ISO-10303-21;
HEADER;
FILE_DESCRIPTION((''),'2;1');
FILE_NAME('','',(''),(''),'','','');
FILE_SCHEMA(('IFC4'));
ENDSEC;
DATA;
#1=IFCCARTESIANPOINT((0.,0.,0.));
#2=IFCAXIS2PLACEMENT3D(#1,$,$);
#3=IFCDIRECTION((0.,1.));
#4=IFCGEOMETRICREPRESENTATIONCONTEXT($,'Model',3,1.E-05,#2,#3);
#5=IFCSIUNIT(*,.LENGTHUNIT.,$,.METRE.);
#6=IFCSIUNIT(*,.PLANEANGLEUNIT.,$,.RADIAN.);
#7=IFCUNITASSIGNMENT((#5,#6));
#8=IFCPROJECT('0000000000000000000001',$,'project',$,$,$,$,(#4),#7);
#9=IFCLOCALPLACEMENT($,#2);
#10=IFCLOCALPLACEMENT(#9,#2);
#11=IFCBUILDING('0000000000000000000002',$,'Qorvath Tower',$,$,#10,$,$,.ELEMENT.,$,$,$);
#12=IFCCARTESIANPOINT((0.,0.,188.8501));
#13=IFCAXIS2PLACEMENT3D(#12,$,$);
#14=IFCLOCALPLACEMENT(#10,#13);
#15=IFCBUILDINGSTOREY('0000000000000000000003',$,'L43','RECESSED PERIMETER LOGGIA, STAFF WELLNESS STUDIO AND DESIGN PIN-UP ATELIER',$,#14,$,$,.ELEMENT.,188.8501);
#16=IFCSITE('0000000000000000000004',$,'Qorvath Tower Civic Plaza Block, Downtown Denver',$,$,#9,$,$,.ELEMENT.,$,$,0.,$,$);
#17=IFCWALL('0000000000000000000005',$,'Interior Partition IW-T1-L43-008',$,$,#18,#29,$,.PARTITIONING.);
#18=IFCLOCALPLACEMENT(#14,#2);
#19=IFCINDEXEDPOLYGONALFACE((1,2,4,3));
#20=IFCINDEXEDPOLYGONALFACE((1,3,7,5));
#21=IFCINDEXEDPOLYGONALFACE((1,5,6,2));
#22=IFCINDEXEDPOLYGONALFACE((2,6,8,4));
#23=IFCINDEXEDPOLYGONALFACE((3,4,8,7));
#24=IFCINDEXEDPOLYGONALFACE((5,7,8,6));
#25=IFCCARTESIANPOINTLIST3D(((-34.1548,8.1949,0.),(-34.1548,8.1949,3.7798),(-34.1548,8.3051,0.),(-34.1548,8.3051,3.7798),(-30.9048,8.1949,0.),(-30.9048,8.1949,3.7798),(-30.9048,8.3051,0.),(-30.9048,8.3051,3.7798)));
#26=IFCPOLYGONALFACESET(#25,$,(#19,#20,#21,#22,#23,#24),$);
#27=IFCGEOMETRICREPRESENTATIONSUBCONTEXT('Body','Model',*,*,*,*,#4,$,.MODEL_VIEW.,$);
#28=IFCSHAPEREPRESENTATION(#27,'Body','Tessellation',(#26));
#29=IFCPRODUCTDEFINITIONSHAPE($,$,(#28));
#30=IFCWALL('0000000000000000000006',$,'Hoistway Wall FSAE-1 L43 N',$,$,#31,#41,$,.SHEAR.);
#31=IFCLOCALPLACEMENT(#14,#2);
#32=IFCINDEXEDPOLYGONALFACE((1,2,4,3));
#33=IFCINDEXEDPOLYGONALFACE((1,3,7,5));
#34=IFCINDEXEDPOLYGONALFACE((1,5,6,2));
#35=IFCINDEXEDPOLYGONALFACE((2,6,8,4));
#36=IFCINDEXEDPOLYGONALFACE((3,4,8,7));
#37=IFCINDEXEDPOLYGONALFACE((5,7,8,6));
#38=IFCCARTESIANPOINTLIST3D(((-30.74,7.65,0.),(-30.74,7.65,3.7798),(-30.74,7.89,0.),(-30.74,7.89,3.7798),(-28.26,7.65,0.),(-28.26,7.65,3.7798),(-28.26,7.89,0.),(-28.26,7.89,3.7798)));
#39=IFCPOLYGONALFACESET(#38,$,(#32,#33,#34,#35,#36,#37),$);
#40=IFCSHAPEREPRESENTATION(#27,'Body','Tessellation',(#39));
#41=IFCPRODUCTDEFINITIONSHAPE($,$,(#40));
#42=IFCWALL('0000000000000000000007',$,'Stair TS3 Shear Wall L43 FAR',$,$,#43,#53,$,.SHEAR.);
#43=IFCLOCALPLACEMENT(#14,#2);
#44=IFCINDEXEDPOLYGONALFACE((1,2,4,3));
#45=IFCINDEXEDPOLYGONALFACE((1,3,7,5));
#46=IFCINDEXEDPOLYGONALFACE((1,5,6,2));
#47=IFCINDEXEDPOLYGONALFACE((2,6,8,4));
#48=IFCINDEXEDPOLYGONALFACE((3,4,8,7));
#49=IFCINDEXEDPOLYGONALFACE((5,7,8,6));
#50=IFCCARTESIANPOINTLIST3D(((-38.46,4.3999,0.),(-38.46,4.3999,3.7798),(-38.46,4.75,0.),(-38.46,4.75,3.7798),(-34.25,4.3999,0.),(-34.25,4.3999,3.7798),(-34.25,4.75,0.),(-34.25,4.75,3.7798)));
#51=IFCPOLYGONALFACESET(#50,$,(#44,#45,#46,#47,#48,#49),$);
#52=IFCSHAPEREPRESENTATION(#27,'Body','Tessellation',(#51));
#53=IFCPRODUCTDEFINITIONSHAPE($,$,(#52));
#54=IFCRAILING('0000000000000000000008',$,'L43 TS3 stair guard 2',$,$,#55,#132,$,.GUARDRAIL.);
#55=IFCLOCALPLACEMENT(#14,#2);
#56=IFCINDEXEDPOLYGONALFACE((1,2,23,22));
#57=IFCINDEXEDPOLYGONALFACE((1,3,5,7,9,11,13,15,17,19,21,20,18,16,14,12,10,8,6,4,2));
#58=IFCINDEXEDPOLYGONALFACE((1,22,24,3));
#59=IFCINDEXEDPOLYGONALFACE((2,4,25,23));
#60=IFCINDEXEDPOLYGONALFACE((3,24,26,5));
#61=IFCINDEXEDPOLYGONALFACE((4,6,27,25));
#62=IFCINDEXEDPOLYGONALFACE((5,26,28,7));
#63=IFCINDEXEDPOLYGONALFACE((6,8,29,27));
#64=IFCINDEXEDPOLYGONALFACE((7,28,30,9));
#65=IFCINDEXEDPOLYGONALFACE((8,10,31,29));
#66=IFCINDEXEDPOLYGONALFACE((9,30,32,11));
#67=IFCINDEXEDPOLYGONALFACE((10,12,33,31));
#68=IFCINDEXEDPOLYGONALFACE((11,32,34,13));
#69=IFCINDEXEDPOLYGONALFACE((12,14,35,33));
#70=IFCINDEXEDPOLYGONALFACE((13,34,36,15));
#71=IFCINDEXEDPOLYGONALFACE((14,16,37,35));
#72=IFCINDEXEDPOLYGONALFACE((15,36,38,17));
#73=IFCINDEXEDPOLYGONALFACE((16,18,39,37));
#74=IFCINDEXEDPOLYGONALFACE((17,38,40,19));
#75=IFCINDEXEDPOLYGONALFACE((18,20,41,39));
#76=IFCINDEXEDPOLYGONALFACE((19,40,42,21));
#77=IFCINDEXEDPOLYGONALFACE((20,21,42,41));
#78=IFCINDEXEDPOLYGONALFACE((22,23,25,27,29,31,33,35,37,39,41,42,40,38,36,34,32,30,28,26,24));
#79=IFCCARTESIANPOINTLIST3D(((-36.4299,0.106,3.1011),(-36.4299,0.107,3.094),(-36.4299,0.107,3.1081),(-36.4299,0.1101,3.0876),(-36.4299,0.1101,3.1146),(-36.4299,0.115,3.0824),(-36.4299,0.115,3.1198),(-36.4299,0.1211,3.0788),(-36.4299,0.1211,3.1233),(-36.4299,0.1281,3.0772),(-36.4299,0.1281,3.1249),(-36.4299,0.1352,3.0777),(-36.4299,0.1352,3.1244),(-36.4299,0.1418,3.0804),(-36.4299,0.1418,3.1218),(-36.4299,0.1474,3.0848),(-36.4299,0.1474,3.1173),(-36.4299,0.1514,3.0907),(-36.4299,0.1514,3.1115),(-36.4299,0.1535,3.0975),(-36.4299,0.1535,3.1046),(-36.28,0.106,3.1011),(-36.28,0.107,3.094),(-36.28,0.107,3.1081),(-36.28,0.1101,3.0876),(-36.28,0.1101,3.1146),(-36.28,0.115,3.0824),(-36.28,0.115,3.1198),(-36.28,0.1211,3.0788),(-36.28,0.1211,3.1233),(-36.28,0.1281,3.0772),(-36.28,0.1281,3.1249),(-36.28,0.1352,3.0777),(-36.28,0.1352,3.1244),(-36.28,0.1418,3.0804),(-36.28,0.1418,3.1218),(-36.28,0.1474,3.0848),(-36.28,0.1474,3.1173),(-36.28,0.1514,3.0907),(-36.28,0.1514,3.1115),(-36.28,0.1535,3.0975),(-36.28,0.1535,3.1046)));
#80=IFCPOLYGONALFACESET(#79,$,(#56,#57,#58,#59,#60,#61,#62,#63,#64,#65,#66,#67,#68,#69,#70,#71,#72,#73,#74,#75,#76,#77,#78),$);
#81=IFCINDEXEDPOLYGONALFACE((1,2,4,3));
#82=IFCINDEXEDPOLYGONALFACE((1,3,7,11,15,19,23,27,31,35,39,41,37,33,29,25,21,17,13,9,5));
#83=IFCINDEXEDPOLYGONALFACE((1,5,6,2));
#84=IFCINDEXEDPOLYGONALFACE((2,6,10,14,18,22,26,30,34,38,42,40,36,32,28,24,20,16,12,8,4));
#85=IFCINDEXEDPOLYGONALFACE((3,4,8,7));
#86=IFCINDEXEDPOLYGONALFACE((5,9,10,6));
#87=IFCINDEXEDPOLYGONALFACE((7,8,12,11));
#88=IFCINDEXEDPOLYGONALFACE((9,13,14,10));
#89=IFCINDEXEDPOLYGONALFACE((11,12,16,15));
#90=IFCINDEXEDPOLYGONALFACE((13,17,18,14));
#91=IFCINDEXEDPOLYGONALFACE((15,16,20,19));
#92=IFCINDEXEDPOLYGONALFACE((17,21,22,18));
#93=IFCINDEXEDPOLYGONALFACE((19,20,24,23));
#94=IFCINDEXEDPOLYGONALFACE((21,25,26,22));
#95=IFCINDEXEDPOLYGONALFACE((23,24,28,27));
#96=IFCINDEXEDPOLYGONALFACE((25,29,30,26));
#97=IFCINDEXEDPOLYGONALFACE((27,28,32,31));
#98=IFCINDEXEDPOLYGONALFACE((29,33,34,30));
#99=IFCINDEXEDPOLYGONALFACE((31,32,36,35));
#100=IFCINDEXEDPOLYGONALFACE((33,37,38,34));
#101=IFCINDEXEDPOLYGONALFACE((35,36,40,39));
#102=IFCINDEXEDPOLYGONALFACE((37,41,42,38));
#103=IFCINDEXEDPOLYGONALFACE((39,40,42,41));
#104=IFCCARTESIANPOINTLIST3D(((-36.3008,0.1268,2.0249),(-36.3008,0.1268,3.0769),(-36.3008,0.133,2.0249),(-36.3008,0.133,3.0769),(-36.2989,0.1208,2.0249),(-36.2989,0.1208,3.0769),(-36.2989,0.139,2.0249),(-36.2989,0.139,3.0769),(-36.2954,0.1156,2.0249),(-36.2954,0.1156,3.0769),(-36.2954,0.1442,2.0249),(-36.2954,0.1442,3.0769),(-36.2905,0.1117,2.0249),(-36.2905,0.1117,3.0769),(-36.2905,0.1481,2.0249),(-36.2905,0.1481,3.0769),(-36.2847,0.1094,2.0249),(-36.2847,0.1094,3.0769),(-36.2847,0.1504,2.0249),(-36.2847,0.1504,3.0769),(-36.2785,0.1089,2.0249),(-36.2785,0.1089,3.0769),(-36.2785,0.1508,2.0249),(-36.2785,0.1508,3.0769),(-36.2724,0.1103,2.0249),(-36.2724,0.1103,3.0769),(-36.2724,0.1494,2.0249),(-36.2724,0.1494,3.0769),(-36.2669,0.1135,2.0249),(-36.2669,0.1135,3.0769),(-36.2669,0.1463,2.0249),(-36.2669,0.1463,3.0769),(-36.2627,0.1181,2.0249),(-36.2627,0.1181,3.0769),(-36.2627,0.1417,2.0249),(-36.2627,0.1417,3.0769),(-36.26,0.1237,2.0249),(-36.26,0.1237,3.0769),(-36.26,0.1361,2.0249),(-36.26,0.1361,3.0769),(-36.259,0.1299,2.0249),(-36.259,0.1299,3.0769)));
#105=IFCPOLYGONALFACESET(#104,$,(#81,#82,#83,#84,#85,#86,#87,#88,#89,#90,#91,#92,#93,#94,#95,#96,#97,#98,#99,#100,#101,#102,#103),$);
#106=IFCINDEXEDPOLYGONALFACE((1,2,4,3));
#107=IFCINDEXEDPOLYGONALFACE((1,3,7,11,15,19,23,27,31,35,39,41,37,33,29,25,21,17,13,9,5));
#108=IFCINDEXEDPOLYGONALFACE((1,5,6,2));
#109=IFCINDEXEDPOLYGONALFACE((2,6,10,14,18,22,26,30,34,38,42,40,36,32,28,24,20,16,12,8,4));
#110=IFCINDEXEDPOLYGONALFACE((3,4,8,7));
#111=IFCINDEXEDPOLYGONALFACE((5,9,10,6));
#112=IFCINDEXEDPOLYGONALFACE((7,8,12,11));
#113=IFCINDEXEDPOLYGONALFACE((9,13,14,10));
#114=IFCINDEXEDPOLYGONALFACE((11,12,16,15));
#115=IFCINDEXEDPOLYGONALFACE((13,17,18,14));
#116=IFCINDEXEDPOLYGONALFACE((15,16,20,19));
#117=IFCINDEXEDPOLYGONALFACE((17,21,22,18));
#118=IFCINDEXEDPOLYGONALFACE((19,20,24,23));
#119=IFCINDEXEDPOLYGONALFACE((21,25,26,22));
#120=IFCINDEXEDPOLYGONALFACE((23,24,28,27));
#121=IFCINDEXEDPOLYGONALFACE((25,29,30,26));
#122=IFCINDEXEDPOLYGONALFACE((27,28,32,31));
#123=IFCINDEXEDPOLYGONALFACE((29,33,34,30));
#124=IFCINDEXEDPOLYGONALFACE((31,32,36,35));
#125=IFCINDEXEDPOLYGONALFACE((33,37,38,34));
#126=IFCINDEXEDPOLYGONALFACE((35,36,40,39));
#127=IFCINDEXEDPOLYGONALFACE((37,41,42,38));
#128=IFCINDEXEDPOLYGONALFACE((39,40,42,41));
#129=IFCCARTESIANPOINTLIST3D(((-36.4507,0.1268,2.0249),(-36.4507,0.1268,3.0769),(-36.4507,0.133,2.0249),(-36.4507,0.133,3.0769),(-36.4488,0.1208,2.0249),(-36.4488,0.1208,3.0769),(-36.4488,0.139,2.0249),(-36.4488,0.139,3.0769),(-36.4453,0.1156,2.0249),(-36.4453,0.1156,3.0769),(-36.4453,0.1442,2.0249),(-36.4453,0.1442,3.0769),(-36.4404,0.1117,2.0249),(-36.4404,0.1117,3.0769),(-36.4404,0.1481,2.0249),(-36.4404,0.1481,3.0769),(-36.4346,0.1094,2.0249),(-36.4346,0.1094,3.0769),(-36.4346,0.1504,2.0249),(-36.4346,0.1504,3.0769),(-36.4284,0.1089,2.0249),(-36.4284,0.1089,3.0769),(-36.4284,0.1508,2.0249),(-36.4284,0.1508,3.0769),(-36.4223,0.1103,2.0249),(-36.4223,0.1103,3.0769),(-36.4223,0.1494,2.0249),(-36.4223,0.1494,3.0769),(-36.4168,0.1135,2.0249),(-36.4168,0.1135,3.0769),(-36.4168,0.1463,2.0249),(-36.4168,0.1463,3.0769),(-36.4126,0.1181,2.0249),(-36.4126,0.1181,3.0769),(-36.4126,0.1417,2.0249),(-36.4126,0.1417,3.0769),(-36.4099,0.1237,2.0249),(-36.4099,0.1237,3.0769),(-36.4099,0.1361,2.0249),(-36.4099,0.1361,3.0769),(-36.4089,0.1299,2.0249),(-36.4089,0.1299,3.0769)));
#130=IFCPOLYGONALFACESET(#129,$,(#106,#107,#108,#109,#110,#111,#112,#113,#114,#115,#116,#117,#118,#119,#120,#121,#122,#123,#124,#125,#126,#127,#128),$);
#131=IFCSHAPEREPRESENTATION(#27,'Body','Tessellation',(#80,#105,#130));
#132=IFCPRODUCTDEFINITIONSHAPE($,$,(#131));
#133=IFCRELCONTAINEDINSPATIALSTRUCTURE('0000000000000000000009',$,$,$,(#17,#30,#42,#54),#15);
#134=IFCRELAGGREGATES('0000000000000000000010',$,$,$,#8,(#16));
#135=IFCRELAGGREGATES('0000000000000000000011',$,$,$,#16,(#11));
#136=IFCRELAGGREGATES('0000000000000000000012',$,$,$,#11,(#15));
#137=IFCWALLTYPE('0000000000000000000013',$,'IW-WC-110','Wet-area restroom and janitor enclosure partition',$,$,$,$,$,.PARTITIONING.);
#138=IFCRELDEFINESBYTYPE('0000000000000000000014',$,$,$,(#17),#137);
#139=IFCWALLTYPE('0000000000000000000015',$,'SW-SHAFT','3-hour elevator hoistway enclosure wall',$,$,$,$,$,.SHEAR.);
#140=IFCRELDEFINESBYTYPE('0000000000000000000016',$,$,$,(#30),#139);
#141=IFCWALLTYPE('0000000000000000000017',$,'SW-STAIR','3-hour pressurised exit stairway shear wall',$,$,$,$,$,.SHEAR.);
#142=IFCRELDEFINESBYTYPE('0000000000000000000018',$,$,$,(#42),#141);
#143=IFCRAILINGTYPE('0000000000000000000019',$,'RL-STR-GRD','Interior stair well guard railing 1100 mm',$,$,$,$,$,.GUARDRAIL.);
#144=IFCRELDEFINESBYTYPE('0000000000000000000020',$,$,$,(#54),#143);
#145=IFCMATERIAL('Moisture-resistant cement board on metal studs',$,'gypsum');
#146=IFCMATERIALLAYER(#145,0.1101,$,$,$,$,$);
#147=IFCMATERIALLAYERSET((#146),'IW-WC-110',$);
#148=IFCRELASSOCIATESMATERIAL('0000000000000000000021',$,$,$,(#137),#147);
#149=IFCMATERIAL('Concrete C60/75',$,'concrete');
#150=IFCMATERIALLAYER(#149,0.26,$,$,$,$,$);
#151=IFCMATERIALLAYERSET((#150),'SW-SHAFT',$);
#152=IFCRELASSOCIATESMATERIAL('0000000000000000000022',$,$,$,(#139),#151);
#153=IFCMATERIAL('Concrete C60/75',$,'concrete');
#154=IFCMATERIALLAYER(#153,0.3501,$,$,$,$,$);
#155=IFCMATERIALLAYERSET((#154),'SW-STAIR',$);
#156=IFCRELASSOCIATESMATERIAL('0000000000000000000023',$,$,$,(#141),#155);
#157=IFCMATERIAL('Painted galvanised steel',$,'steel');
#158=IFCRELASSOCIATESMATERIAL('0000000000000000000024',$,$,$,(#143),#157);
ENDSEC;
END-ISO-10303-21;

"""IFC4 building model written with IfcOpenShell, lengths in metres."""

from ifc_helpers import new_model, si_unit, direction, frame, frame_2d, origin, origin_2d, place, context, subcontext, project, spatial, rectangle, circle, extrude, material, layer, layer_set, type_object, element, save


model = new_model("IFC4")

# Units and contexts
model_context = context("Model", 3, precision=1e-05, world=origin(), true_north=direction((0.0, 1.0)))
body_context = subcontext(model_context, "Body", "Model", "MODEL_VIEW")
ifc_project = project(units=[si_unit("LENGTHUNIT", "METRE"), si_unit("PLANEANGLEUNIT", "RADIAN")], contexts=[model_context])

# Site, building, storey
site_placement = place(None, origin())
site = spatial("IfcSite", under=ifc_project, at=site_placement, Name="Qorvath Tower Civic Plaza Block, Downtown Denver", CompositionType="ELEMENT", RefElevation=0.0)
building_placement = place(site_placement, origin())
building = spatial("IfcBuilding", under=site, at=building_placement, Name="Qorvath Tower", CompositionType="ELEMENT")
storey_placement = place(building_placement, frame((0.0, 0.0, 188.8501)))
storey = spatial("IfcBuildingStorey", under=building, at=storey_placement, Name="L43", Description="RECESSED PERIMETER LOGGIA, STAFF WELLNESS STUDIO AND DESIGN PIN-UP ATELIER", CompositionType="ELEMENT", Elevation=188.8501)

# Shared definitions
ifc_material_1 = material(Name="Moisture-resistant cement board on metal studs", Category="gypsum")
ifc_layer_1 = layer(ifc_material_1, 0.1101)
ifc_layer_set_1 = layer_set([ifc_layer_1], Name="IW-WC-110")
wall_type_1 = type_object("IfcWallType", Name="IW-WC-110", Description="Wet-area restroom and janitor enclosure partition", PredefinedType="PARTITIONING", material=ifc_layer_set_1)

# Walls
wall_1_placement = place(storey_placement, frame((-30.9048, 8.25, 0.0), z_axis=(0.0, 0.0, 1.0), x_axis=(-1.0, 0.0, 0.0)))
element("IfcWall", 1, at=wall_1_placement, inside=storey, type_object=wall_type_1, Name="Interior Partition IW-T1-L43-008", PredefinedType="PARTITIONING", context=body_context, shape_type="SweptSolid", body=[
    extrude(rectangle(XDim=3.25, YDim=0.1101, at=frame_2d((1.625, 0.0))), origin(), (0.0, 0.0, 1.0), 3.7798),
])
ifc_material_2 = material(Name="Concrete C60/75", Category="concrete")
ifc_layer_2 = layer(ifc_material_2, 0.26)
ifc_layer_set_2 = layer_set([ifc_layer_2], Name="SW-SHAFT")
wall_type_2 = type_object("IfcWallType", Name="SW-SHAFT", Description="3-hour elevator hoistway enclosure wall", PredefinedType="SHEAR", material=ifc_layer_set_2)
wall_2_placement = place(storey_placement, frame((-30.74, 7.77, 0.0), z_axis=(0.0, 0.0, 1.0), x_axis=(1.0, 0.0, 0.0)))
element("IfcWall", 2, at=wall_2_placement, inside=storey, type_object=wall_type_2, Name="Hoistway Wall FSAE-1 L43 N", PredefinedType="SHEAR", context=body_context, shape_type="SweptSolid", body=[
    extrude(rectangle(XDim=2.48, YDim=0.24, at=frame_2d((1.24, 0.0))), origin(), (0.0, 0.0, 1.0), 3.7798),
])
ifc_material_3 = material(Name="Concrete C60/75", Category="concrete")
ifc_layer_3 = layer(ifc_material_3, 0.3501)
ifc_layer_set_3 = layer_set([ifc_layer_3], Name="SW-STAIR")
wall_type_3 = type_object("IfcWallType", Name="SW-STAIR", Description="3-hour pressurised exit stairway shear wall", PredefinedType="SHEAR", material=ifc_layer_set_3)
wall_3_placement = place(storey_placement, frame((-34.25, 4.575, 0.0), z_axis=(0.0, 0.0, 1.0), x_axis=(-1.0, 0.0, 0.0)))
element("IfcWall", 3, at=wall_3_placement, inside=storey, type_object=wall_type_3, Name="Stair TS3 Shear Wall L43 FAR", PredefinedType="SHEAR", context=body_context, shape_type="SweptSolid", body=[
    extrude(rectangle(XDim=4.21, YDim=0.3501, at=frame_2d((2.105, 0.0))), origin(), (0.0, 0.0, 1.0), 3.7798),
])

# Railing
ifc_material_4 = material(Name="Painted galvanised steel", Category="steel")
railing_type = type_object("IfcRailingType", Name="RL-STR-GRD", Description="Interior stair well guard railing 1100 mm", PredefinedType="GUARDRAIL", material=ifc_material_4)
railing_1_placement = place(storey_placement, frame((-36.28, 0.1299, 2.0249)))
element("IfcRailing", 4, at=railing_1_placement, inside=storey, type_object=railing_type, Name="L43 TS3 stair guard 2", PredefinedType="GUARDRAIL", context=body_context, shape_type="SweptSolid", body=[
    extrude(circle(Radius=0.0239, at=origin_2d()), frame((0.0, 0.0, 1.0762), z_axis=(-1.0, 0.0, 0.0), x_axis=(0.0, -1.0, 0.0)), (0.0, 0.0, 1.0), 0.1499),
    extrude(circle(Radius=0.021, at=origin_2d()), origin(), (0.0, 0.0, 1.0), 1.052),
    extrude(circle(Radius=0.021, at=origin_2d()), frame((-0.1499, 0.0, 0.0)), (0.0, 0.0, 1.0), 1.052),
])

save(model, "model.ifc")
